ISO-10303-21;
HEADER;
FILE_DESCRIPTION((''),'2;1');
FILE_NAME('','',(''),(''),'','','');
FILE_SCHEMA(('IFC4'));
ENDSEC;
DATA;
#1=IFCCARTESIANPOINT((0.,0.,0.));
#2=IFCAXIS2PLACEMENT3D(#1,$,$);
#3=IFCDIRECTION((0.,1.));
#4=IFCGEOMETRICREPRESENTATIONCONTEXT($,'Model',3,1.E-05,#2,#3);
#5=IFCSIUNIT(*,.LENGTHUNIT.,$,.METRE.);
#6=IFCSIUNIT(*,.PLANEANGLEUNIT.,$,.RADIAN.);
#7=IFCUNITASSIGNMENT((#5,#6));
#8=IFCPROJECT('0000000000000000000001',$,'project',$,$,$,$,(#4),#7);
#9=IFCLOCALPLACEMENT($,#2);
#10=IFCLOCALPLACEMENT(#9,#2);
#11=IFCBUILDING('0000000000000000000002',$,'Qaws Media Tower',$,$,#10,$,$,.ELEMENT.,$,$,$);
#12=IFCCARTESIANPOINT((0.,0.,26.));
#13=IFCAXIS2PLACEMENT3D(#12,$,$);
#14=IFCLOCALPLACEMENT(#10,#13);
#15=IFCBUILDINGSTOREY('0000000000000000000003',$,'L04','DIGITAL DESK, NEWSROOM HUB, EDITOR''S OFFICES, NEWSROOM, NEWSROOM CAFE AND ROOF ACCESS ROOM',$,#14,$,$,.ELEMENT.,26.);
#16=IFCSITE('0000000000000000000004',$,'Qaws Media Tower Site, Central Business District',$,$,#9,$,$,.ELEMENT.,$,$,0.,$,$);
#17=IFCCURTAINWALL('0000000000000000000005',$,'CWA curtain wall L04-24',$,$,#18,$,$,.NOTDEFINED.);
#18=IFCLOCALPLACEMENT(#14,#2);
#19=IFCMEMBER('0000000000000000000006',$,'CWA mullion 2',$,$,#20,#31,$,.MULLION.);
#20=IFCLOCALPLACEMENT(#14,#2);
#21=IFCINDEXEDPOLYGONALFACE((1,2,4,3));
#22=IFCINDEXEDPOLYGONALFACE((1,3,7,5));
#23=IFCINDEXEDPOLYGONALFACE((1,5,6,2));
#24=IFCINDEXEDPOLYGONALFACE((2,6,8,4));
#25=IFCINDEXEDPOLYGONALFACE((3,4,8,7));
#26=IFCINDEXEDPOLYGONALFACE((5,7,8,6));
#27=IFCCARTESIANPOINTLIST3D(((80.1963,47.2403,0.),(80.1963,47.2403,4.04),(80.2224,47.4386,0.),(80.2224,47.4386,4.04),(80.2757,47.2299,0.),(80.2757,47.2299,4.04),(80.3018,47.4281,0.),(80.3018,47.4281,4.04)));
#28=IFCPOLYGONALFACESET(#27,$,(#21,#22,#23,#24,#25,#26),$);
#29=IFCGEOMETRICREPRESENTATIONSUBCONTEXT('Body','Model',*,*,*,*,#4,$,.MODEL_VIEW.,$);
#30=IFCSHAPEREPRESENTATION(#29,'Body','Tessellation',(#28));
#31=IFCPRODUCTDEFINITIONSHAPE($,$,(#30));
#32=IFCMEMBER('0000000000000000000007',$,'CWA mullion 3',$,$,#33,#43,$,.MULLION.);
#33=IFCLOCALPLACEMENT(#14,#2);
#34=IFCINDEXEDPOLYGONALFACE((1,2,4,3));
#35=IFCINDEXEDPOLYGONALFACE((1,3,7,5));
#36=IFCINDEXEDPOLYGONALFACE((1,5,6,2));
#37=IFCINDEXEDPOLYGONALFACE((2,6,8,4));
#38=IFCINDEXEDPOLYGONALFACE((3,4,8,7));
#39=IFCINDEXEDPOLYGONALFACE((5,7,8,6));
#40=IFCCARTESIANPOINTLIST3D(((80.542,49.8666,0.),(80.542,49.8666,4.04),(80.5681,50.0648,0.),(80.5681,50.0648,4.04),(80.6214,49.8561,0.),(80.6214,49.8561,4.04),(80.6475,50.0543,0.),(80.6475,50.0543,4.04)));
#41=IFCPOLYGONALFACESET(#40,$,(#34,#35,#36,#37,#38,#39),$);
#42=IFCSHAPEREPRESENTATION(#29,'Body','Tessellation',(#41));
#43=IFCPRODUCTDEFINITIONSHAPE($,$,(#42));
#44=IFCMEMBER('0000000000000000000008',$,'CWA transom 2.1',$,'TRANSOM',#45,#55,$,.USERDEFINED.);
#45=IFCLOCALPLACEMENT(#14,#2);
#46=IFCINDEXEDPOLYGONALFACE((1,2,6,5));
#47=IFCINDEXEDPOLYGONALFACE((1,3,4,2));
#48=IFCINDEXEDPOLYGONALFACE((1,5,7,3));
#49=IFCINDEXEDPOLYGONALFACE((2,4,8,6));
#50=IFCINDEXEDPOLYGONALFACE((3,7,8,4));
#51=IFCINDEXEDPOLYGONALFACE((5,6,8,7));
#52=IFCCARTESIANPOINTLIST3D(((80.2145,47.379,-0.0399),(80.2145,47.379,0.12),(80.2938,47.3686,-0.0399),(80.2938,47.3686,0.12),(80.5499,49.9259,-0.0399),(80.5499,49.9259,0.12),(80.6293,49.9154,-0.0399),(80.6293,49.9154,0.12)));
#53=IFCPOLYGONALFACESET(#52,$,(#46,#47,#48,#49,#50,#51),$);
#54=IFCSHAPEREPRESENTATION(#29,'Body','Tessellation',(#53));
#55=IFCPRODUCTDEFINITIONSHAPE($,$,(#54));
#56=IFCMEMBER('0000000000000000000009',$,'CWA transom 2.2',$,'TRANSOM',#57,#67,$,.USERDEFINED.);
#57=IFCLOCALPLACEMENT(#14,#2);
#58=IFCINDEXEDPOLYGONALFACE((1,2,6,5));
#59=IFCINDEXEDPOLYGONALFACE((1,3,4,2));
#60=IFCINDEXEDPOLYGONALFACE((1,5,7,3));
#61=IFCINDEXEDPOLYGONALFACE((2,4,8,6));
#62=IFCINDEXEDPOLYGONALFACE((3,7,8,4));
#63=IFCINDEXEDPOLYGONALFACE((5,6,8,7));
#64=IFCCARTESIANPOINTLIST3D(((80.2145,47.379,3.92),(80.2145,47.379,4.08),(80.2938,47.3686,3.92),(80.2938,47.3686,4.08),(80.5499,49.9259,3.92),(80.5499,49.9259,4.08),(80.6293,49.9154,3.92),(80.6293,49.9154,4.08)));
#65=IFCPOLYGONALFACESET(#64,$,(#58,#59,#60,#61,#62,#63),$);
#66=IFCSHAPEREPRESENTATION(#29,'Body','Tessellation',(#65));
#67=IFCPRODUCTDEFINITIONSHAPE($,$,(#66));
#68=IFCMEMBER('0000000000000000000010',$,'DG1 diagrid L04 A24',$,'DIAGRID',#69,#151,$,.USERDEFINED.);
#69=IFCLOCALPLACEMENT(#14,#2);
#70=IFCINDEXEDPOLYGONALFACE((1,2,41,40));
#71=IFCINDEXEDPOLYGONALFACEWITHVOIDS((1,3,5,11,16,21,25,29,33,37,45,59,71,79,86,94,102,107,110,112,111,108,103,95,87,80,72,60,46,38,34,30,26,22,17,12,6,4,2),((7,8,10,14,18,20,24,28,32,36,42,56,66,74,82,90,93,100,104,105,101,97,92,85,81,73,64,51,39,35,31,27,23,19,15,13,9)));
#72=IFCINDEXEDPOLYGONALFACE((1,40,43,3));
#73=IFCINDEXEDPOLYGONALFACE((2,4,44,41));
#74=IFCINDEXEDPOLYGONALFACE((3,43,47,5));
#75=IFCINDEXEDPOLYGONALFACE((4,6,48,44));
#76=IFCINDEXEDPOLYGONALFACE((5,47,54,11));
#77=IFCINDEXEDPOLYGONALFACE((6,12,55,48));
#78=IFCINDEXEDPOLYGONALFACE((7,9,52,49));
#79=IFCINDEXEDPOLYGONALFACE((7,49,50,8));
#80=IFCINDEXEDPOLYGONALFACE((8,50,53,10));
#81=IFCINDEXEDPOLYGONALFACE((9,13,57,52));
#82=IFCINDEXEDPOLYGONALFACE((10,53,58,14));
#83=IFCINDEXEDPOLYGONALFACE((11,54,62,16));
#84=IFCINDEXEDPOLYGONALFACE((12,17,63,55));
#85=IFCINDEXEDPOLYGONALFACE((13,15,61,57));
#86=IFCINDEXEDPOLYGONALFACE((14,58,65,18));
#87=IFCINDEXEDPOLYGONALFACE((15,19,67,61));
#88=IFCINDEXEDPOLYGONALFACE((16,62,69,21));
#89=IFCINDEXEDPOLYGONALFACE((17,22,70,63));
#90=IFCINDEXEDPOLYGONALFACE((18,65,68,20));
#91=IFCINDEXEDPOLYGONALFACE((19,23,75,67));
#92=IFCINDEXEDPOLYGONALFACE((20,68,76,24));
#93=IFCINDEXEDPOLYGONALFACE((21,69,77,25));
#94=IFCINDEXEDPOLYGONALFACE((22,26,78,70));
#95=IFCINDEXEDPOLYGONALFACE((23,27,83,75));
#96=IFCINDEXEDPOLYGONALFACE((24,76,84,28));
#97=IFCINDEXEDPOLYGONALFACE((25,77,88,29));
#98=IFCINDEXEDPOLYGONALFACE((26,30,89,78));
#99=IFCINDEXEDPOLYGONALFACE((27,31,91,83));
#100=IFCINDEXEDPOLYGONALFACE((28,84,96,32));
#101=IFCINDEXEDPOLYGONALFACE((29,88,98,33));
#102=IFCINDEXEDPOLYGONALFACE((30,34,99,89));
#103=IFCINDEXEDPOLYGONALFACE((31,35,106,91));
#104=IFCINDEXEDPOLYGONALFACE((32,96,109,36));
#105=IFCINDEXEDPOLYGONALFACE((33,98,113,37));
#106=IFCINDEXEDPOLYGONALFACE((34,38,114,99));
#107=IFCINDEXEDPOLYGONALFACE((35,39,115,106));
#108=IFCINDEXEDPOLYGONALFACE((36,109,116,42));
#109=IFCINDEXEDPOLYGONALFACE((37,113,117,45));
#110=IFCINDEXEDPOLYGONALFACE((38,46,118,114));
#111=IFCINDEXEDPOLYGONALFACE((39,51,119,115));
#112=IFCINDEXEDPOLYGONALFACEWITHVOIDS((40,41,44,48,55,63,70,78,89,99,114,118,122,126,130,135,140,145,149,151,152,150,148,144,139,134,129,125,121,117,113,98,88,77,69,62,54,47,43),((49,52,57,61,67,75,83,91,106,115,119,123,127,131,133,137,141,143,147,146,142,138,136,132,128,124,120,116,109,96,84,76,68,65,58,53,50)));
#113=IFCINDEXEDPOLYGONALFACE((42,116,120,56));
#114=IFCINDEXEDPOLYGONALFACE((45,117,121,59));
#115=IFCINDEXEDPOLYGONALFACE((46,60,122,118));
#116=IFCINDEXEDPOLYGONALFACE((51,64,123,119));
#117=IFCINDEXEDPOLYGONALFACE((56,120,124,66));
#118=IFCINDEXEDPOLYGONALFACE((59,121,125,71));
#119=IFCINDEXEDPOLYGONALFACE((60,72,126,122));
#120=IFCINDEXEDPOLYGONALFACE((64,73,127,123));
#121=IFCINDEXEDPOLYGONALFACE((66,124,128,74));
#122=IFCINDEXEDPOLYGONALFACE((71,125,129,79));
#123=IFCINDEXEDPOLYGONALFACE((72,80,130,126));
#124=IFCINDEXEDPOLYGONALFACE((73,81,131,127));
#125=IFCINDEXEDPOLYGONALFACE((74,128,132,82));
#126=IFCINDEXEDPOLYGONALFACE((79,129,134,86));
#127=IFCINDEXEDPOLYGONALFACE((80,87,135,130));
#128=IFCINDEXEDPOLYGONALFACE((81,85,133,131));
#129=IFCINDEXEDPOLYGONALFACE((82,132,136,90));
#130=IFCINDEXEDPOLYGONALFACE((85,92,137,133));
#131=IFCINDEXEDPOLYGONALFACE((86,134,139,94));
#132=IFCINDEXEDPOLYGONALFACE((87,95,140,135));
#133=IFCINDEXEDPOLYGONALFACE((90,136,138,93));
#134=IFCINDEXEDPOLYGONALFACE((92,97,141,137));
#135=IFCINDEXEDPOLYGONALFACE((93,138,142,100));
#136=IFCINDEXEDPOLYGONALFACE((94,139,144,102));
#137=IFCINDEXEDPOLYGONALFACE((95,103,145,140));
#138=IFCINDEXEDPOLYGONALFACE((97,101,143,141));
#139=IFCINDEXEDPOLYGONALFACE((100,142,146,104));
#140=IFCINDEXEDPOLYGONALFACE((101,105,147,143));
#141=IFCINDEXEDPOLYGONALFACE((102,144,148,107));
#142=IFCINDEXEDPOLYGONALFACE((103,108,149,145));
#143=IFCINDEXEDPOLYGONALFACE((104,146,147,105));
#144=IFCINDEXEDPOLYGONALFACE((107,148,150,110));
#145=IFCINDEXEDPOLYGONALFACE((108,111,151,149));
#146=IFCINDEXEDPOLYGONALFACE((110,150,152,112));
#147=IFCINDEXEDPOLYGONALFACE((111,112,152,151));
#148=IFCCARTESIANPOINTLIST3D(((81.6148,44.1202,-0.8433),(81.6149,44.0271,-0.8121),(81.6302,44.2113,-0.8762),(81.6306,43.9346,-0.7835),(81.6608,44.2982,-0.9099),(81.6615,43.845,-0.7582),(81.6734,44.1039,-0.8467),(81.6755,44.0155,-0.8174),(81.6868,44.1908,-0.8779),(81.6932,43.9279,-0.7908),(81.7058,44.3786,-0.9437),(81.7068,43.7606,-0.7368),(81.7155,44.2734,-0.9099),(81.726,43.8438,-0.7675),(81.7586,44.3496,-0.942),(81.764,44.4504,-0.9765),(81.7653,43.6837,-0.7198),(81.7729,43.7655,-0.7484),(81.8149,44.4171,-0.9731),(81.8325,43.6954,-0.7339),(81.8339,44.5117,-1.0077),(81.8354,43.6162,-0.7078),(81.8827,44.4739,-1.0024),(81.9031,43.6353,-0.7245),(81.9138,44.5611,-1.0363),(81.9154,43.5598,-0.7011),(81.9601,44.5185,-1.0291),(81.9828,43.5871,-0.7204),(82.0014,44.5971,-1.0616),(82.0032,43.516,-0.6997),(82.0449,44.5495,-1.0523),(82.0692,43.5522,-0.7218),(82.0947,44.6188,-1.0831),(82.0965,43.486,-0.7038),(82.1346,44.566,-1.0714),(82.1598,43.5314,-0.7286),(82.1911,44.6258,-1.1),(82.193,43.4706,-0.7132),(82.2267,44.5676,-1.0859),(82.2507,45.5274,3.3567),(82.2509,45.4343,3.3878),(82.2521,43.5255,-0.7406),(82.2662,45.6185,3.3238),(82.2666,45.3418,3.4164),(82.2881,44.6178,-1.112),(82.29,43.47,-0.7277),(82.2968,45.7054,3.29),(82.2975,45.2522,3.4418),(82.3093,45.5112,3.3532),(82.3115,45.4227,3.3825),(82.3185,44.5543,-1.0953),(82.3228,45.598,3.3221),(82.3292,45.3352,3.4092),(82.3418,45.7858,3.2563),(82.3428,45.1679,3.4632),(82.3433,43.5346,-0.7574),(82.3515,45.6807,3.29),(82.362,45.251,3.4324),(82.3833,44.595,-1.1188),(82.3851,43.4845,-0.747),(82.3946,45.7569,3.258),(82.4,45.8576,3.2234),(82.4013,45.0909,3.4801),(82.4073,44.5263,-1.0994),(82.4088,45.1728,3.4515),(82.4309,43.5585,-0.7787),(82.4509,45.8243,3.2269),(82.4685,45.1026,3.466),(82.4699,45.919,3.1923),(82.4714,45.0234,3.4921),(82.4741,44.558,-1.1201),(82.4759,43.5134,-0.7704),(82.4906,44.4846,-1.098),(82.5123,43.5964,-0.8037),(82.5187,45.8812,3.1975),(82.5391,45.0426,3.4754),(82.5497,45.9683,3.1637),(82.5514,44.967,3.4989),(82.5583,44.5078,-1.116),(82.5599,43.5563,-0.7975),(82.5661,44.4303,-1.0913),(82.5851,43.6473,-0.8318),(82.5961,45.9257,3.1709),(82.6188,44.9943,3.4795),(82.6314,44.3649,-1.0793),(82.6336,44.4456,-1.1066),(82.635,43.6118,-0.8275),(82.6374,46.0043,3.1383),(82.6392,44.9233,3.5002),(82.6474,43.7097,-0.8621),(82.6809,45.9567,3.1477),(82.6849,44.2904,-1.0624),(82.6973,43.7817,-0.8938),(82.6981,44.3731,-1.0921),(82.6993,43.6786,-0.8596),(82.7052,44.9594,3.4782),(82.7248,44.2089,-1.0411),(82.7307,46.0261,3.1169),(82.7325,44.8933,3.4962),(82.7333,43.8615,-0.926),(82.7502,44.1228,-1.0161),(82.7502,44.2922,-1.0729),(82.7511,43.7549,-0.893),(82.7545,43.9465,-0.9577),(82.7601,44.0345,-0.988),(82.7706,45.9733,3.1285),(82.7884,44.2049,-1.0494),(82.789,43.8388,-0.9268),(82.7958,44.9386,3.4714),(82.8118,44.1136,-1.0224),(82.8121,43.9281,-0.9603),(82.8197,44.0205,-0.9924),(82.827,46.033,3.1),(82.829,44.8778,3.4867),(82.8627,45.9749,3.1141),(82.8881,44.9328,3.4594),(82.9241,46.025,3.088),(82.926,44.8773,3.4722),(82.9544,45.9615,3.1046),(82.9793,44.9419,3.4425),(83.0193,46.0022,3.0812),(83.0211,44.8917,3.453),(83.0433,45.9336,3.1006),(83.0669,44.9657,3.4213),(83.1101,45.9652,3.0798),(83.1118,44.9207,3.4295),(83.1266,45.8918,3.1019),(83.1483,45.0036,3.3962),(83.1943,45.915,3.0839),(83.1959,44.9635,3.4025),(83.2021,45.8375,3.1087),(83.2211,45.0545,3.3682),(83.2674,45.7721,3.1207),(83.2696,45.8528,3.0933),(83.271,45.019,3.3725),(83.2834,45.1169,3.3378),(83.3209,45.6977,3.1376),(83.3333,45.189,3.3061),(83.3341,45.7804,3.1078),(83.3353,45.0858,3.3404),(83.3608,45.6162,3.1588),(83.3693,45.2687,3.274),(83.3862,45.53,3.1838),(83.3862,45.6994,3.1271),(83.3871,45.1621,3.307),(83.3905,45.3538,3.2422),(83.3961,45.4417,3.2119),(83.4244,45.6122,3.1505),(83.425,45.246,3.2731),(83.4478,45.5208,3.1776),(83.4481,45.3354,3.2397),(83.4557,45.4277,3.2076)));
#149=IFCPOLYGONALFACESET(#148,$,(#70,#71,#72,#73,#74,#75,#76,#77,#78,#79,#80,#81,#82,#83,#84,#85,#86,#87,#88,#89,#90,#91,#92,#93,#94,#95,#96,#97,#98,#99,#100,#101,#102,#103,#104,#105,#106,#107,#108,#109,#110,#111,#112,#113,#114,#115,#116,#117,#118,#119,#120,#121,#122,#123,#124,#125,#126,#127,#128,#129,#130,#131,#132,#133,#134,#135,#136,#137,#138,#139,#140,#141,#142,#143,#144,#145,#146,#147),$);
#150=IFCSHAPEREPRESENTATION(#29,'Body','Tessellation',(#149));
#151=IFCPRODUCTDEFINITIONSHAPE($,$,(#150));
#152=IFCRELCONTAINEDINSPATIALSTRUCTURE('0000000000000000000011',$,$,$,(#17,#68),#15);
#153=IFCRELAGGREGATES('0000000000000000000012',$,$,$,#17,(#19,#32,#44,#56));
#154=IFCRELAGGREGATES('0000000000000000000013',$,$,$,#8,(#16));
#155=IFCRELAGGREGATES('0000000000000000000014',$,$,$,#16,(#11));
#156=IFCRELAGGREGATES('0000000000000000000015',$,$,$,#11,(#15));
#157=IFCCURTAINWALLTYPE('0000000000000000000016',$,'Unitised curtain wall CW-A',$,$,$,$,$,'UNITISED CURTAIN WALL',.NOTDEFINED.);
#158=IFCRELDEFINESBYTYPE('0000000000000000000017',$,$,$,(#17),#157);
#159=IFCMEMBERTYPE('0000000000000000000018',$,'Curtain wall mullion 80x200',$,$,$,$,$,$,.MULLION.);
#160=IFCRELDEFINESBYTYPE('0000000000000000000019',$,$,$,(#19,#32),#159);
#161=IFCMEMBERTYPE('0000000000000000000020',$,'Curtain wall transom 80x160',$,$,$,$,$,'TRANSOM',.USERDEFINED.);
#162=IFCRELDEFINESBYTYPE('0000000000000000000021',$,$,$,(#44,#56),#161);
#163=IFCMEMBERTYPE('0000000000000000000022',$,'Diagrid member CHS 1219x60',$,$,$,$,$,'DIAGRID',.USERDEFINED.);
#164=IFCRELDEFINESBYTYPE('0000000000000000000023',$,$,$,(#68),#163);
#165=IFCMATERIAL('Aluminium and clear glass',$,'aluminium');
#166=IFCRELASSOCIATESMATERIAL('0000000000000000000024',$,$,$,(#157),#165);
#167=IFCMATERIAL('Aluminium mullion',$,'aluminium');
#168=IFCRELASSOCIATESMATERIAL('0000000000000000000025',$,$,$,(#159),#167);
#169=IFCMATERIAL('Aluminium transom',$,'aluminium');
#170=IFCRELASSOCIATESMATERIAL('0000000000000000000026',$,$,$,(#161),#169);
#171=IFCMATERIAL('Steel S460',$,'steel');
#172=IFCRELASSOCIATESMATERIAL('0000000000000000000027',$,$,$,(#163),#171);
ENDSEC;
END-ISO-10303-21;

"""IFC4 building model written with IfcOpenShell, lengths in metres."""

from ifc_helpers import new_model, si_unit, direction, frame, origin, origin_2d, place, context, subcontext, project, spatial, rectangle, hollow_circle, extrude, material, material_profile, profile_set, type_object, element, aggregate, save


model = new_model("IFC4")

# Units and contexts
model_context = context("Model", 3, precision=1e-05, world=origin(), true_north=direction((0.0, 1.0)))
body_context = subcontext(model_context, "Body", "Model", "MODEL_VIEW")
ifc_project = project(units=[si_unit("LENGTHUNIT", "METRE"), si_unit("PLANEANGLEUNIT", "RADIAN")], contexts=[model_context])

# Site, building, storey
site_placement = place(None, origin())
site = spatial("IfcSite", under=ifc_project, at=site_placement, Name="Qaws Media Tower Site, Central Business District", CompositionType="ELEMENT", RefElevation=0.0)
building_placement = place(site_placement, origin())
building = spatial("IfcBuilding", under=site, at=building_placement, Name="Qaws Media Tower", CompositionType="ELEMENT")
storey_placement = place(building_placement, frame((0.0, 0.0, 26.0)))
storey = spatial("IfcBuildingStorey", under=building, at=storey_placement, Name="L04", Description="DIGITAL DESK, NEWSROOM HUB, EDITOR'S OFFICES, NEWSROOM, NEWSROOM CAFE AND ROOF ACCESS ROOM", CompositionType="ELEMENT", Elevation=26.0)

# Curtain wall, members
ifc_material_1 = material(Name="Aluminium and clear glass", Category="aluminium")
curtain_wall_type = type_object("IfcCurtainWallType", Name="Unitised curtain wall CW-A", ElementType="UNITISED CURTAIN WALL", PredefinedType="NOTDEFINED", material=ifc_material_1)
curtain_wall_placement = place(storey_placement, origin())
curtain_wall = element("IfcCurtainWall", 1, at=curtain_wall_placement, inside=storey, type_object=curtain_wall_type, Name="CWA curtain wall L04-24", PredefinedType="NOTDEFINED")
ifc_material_2 = material(Name="Aluminium mullion", Category="aluminium")
ifc_material_profile_1 = material_profile(ifc_material_2, rectangle(XDim=0.0801, YDim=0.2, at=origin_2d()), Name="80x200")
ifc_profile_set_1 = profile_set([ifc_material_profile_1], Name="Aluminium mullion")
member_type_1 = type_object("IfcMemberType", Name="Curtain wall mullion 80x200", PredefinedType="MULLION", material=ifc_profile_set_1)
member_1_placement = place(storey_placement, frame((80.249, 47.3342, 0.0), z_axis=(0.0, 0.0, 1.0), x_axis=(-0.991445, 0.130526, 0.0)))
member_1 = element("IfcMember", 2, at=member_1_placement, type_object=member_type_1, Name="CWA mullion 2", PredefinedType="MULLION", context=body_context, shape_type="SweptSolid", body=[
    extrude(rectangle(XDim=0.0801, YDim=0.2, at=origin_2d()), origin(), (0.0, 0.0, 1.0), 4.04),
])
member_2_placement = place(storey_placement, frame((80.5947, 49.9604, 0.0), z_axis=(0.0, 0.0, 1.0), x_axis=(-0.991445, 0.130526, 0.0)))
member_2 = element("IfcMember", 3, at=member_2_placement, type_object=member_type_1, Name="CWA mullion 3", PredefinedType="MULLION", context=body_context, shape_type="SweptSolid", body=[
    extrude(rectangle(XDim=0.0801, YDim=0.2, at=origin_2d()), origin(), (0.0, 0.0, 1.0), 4.04),
])
ifc_material_3 = material(Name="Aluminium transom", Category="aluminium")
ifc_material_profile_2 = material_profile(ifc_material_3, rectangle(XDim=0.0801, YDim=0.1599, at=origin_2d()), Name="80x160")
ifc_profile_set_2 = profile_set([ifc_material_profile_2], Name="Aluminium transom")
member_type_2 = type_object("IfcMemberType", Name="Curtain wall transom 80x160", ElementType="TRANSOM", PredefinedType="USERDEFINED", material=ifc_profile_set_2)
member_3_placement = place(storey_placement, frame((80.2542, 47.3738, 0.04), z_axis=(0.130582, 0.991437, 0.0), x_axis=(-0.991437, 0.130582, 0.0)))
member_3 = element("IfcMember", 4, at=member_3_placement, type_object=member_type_2, Name="CWA transom 2.1", ObjectType="TRANSOM", PredefinedType="USERDEFINED", context=body_context, shape_type="SweptSolid", body=[
    extrude(rectangle(XDim=0.0801, YDim=0.1599, at=origin_2d()), origin(), (0.0, 0.0, 1.0), 2.5688),
])
member_4_placement = place(storey_placement, frame((80.2542, 47.3738, 4.0), z_axis=(0.130582, 0.991437, 0.0), x_axis=(-0.991437, 0.130582, 0.0)))
member_4 = element("IfcMember", 5, at=member_4_placement, type_object=member_type_2, Name="CWA transom 2.2", ObjectType="TRANSOM", PredefinedType="USERDEFINED", context=body_context, shape_type="SweptSolid", body=[
    extrude(rectangle(XDim=0.0801, YDim=0.1599, at=origin_2d()), origin(), (0.0, 0.0, 1.0), 2.5688),
])

# Member
ifc_material_4 = material(Name="Steel S460", Category="steel")
ifc_material_profile_3 = material_profile(ifc_material_4, hollow_circle(Radius=0.6096, WallThickness=0.0601, at=origin_2d()), Name="CHS 1219x60")
ifc_profile_set_3 = profile_set([ifc_material_profile_3], Name="Steel S460")
member_type_3 = type_object("IfcMemberType", Name="Diagrid member CHS 1219x60", ElementType="DIAGRID", PredefinedType="USERDEFINED", material=ifc_profile_set_3)
for number, where, z_axis, x_axis, name in (
    (6, (82.2163, 44.0471, -0.9099), (0.142124, 0.314474, 0.938566), (-0.911258, 0.411837, 0.0), "DG1 diagrid L04 A24"),
):
    element("IfcMember", number, at=place(storey_placement, frame(where, z_axis=z_axis, x_axis=x_axis)), inside=storey, type_object=member_type_3, Name=name, ObjectType="DIAGRID", PredefinedType="USERDEFINED", context=body_context, shape_type="SweptSolid", body=[
        extrude(hollow_circle(Radius=0.6096, WallThickness=0.0601, at=origin_2d()), origin(), (0.0, 0.0, 1.0), 4.4749),
    ])

aggregate(curtain_wall, [member_1, member_2, member_3, member_4])

save(model, "model.ifc")
